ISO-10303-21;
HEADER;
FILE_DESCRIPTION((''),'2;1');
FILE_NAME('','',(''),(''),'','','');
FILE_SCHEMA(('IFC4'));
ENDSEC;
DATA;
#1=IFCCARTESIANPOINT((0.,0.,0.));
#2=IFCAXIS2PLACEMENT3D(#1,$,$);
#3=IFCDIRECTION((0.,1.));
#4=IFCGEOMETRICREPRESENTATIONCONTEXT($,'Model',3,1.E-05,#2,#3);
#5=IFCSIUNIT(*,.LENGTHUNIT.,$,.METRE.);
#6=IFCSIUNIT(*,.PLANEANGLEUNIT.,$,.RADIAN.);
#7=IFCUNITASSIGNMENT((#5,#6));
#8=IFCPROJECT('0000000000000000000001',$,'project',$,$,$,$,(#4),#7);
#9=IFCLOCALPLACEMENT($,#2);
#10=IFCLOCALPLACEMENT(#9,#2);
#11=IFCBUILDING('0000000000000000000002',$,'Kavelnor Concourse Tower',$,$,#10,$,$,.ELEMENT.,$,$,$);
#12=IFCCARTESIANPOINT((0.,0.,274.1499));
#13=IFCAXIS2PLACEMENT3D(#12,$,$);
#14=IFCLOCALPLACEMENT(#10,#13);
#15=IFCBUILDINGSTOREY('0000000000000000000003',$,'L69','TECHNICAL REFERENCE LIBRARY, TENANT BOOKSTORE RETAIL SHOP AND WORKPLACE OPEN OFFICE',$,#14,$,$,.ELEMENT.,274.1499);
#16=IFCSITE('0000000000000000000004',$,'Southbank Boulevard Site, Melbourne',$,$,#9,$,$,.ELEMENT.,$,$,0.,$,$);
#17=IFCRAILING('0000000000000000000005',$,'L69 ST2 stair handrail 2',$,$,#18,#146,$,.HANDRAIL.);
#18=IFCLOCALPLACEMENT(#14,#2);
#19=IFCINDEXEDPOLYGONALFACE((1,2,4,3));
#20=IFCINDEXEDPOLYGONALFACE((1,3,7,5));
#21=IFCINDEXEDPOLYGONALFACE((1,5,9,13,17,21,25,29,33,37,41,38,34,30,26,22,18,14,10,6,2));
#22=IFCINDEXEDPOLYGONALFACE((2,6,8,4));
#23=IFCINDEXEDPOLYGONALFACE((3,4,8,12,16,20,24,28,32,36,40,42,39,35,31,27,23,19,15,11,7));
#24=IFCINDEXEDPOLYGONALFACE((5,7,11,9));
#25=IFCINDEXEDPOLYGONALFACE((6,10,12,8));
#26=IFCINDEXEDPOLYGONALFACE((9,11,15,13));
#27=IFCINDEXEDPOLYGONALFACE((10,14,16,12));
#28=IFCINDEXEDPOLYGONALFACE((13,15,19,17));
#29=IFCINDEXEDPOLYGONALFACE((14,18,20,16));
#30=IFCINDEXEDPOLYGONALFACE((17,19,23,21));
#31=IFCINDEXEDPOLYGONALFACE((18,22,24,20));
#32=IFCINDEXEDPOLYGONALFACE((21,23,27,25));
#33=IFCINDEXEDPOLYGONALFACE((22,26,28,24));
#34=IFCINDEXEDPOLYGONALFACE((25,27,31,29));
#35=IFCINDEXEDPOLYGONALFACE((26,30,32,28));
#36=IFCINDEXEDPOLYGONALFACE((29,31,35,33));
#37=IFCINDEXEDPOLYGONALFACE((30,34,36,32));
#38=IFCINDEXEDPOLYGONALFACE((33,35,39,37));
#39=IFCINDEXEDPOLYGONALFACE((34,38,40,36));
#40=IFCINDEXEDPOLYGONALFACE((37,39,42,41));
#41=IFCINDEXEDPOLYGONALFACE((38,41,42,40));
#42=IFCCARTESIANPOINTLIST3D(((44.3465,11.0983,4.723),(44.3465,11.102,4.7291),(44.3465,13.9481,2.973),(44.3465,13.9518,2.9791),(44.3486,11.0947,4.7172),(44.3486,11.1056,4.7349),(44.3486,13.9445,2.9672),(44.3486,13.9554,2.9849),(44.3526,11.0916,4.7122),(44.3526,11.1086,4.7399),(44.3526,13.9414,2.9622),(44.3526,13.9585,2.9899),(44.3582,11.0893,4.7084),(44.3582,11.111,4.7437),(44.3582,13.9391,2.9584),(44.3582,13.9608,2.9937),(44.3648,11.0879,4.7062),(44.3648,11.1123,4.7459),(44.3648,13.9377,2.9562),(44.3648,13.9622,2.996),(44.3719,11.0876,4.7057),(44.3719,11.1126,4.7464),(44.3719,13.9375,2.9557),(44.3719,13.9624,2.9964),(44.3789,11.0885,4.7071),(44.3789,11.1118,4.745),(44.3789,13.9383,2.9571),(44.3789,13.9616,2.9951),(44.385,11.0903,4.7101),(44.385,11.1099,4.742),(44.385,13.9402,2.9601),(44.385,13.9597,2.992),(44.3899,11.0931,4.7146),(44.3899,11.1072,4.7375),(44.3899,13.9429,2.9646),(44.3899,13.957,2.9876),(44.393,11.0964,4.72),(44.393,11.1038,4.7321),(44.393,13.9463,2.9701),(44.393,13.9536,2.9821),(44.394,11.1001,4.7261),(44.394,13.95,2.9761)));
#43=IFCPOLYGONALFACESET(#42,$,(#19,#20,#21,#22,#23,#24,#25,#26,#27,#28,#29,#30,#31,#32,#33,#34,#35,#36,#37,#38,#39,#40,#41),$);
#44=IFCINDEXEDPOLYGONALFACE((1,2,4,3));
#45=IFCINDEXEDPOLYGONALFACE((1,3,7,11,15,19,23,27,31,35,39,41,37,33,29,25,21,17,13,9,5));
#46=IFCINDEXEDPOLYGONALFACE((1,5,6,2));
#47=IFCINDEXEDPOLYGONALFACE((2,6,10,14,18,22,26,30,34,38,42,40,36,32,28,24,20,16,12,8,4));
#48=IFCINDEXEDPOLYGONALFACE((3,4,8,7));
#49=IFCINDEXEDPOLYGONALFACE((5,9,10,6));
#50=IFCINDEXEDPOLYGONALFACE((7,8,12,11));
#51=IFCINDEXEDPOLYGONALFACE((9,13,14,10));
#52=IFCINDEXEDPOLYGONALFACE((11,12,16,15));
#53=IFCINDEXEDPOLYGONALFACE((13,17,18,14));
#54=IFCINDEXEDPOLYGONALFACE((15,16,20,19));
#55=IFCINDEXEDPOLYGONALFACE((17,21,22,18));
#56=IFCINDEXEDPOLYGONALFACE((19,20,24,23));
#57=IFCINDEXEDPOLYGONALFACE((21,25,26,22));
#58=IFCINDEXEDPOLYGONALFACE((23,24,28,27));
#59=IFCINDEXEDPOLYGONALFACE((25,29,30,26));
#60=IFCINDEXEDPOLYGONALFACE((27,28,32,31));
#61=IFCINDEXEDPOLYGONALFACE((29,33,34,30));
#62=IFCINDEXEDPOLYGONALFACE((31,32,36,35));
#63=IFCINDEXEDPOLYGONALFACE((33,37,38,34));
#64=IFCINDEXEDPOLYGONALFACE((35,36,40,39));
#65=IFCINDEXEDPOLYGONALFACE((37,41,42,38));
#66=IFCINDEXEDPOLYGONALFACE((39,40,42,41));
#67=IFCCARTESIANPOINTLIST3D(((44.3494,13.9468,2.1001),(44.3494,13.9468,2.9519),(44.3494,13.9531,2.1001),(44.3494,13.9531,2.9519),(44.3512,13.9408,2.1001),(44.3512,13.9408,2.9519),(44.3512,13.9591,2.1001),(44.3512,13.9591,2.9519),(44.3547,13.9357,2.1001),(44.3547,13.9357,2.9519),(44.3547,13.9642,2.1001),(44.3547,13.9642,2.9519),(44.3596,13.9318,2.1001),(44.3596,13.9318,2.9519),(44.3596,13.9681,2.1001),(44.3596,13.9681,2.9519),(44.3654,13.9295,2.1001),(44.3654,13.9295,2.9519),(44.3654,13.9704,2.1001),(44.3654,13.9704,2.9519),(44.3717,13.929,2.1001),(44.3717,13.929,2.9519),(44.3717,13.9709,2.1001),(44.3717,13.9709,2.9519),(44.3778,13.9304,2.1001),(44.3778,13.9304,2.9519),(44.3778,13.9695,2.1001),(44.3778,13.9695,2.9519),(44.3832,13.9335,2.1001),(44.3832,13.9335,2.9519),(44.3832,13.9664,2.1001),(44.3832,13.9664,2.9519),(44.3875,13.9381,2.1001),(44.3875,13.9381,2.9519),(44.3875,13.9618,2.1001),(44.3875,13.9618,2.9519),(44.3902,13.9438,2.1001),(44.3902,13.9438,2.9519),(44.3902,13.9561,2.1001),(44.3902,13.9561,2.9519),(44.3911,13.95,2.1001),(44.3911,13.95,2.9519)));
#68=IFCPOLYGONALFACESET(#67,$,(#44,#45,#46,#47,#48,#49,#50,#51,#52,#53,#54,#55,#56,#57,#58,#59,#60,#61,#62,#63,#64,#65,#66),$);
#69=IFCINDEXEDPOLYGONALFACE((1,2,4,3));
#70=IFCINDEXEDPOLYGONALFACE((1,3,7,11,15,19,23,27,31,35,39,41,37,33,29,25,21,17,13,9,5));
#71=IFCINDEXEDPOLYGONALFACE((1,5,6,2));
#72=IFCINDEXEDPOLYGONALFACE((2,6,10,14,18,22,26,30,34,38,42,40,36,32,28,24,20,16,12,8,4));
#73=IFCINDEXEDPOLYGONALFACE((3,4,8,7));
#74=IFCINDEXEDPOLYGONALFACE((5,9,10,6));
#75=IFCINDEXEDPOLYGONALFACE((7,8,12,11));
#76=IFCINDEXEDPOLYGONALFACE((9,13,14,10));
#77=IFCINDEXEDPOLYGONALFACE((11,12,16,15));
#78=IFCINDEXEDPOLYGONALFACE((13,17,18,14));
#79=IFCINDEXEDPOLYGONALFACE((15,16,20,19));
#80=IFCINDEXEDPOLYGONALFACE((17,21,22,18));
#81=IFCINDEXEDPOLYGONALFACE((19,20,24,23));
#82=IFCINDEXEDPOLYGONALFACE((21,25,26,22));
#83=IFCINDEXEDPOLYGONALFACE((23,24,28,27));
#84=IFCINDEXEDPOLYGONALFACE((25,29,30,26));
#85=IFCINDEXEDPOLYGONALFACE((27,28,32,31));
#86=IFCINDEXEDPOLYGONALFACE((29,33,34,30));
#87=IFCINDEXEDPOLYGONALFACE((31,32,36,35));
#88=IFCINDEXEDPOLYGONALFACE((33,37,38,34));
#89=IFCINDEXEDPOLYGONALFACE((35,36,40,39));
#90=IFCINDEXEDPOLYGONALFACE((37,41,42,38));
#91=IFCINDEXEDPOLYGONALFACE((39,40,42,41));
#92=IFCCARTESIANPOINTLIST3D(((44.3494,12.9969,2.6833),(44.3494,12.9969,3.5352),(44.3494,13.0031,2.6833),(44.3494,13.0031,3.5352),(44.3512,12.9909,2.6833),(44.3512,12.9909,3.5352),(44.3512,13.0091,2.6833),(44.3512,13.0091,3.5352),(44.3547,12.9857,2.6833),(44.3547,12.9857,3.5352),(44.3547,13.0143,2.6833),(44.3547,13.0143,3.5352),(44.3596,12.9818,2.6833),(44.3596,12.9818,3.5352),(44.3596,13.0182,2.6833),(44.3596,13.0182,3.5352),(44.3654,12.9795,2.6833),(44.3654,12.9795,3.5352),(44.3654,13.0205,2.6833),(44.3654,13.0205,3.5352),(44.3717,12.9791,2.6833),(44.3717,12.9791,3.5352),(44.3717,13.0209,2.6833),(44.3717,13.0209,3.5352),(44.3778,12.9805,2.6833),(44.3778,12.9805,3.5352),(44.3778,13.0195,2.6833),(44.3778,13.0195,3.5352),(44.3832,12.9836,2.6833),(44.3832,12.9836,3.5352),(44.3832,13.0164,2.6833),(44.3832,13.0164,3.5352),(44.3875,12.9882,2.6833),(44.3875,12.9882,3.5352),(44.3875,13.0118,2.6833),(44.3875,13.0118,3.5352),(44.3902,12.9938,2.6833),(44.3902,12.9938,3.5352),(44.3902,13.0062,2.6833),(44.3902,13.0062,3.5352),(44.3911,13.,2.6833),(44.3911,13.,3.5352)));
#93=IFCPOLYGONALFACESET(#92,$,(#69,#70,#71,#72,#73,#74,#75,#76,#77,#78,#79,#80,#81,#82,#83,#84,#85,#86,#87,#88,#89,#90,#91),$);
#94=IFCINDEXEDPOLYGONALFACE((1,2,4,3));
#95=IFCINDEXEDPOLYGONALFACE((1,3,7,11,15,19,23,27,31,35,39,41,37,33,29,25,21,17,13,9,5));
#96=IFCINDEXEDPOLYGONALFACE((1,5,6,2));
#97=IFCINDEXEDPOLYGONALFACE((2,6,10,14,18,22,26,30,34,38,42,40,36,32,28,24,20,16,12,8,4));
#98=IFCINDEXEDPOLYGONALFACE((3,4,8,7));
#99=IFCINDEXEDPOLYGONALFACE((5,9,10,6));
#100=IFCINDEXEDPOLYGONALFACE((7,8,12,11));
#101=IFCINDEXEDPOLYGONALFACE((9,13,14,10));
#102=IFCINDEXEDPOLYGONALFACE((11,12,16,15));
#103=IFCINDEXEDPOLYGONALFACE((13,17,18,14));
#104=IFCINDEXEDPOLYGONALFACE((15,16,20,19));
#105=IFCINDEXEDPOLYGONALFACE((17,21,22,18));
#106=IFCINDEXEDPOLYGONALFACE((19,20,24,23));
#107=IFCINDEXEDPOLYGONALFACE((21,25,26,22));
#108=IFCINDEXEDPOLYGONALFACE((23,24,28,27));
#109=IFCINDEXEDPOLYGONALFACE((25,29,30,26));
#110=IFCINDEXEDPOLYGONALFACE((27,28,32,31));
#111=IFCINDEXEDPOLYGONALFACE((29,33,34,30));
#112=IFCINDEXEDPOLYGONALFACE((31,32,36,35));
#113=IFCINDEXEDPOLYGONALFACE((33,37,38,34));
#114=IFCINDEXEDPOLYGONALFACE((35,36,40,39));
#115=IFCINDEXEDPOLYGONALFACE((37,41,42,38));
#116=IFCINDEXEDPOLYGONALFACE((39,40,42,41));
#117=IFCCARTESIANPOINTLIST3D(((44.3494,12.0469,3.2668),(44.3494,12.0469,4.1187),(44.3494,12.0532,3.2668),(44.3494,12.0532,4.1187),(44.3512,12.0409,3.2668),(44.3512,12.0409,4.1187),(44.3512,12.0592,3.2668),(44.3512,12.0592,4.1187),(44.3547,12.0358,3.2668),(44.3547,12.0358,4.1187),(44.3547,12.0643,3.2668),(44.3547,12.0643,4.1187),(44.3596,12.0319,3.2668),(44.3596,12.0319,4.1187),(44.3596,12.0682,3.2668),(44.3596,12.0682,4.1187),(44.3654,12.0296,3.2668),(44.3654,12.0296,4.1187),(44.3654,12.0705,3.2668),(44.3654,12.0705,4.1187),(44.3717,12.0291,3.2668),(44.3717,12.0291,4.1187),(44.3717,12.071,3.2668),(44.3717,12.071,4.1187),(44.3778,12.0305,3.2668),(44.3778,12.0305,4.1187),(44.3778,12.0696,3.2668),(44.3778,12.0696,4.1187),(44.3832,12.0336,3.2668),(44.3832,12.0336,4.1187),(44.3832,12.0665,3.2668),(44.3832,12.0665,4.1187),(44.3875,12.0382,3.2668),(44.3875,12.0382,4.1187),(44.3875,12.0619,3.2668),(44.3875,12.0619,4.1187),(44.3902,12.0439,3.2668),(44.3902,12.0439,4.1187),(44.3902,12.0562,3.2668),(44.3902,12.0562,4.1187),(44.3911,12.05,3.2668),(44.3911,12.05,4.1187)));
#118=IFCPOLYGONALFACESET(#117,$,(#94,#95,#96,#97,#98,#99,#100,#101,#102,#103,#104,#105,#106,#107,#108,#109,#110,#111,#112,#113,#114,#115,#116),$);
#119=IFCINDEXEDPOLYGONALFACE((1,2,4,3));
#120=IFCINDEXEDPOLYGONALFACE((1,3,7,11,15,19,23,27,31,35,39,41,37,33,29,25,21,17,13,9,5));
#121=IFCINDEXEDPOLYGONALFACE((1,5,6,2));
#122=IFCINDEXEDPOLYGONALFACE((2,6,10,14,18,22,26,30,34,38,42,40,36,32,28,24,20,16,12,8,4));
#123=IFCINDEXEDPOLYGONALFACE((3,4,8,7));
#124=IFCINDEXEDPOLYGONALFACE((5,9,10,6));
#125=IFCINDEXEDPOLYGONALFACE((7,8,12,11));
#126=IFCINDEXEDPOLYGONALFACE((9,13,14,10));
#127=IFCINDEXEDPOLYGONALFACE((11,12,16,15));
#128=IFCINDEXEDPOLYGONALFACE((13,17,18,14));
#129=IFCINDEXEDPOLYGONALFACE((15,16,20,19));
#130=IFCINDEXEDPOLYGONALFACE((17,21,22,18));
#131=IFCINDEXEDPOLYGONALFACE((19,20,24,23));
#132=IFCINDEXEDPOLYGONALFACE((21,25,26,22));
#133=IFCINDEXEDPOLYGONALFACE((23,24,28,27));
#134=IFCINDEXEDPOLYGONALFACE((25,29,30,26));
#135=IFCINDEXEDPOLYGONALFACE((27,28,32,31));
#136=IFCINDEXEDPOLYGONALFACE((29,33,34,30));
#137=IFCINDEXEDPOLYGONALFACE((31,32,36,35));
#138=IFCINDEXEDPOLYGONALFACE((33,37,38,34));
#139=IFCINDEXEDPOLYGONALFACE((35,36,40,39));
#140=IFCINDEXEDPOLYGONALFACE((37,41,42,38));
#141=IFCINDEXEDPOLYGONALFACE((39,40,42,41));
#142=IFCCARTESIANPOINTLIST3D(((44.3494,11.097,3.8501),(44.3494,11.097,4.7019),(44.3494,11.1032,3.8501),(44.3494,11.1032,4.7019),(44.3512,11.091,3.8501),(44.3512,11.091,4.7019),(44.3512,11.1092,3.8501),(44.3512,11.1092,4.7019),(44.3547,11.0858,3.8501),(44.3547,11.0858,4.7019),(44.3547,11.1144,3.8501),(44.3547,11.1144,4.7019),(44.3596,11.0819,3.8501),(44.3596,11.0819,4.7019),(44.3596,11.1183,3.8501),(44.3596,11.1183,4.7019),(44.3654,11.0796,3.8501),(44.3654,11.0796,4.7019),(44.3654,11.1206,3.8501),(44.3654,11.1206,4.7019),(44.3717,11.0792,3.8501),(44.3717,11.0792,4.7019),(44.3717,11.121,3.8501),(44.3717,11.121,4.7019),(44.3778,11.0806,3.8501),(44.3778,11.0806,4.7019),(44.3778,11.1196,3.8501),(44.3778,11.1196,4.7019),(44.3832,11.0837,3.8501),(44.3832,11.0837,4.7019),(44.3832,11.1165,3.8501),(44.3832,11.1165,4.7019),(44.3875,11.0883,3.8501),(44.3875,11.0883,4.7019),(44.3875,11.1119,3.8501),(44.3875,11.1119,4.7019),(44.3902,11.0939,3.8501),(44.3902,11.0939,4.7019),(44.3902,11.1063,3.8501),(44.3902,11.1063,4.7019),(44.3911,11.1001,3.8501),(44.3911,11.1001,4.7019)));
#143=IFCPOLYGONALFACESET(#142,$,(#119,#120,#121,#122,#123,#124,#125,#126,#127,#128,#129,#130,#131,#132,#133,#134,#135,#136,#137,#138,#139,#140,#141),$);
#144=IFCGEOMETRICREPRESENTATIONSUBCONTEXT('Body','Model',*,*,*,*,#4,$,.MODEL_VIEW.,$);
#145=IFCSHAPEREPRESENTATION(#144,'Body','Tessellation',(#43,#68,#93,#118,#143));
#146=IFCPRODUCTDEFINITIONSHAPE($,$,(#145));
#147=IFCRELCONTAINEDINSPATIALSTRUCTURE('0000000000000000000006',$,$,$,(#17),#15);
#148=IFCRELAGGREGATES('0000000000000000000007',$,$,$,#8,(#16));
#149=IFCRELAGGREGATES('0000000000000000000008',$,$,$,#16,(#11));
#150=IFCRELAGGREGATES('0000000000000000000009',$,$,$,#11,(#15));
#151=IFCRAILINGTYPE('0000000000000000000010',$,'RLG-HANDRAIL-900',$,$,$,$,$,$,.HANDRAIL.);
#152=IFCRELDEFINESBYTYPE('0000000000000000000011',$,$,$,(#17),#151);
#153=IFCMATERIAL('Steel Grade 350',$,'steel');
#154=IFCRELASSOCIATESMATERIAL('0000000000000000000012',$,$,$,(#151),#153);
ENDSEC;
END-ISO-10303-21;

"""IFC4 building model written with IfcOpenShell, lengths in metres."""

from ifc_helpers import new_model, si_unit, direction, frame, origin, origin_2d, place, context, subcontext, project, spatial, circle, extrude, material, type_object, element, save


model = new_model("IFC4")

# Units and contexts
model_context = context("Model", 3, precision=1e-05, world=origin(), true_north=direction((0.0, 1.0)))
body_context = subcontext(model_context, "Body", "Model", "MODEL_VIEW")
ifc_project = project(units=[si_unit("LENGTHUNIT", "METRE"), si_unit("PLANEANGLEUNIT", "RADIAN")], contexts=[model_context])

# Site, building, storey
site_placement = place(None, origin())
site = spatial("IfcSite", under=ifc_project, at=site_placement, Name="Southbank Boulevard Site, Melbourne", CompositionType="ELEMENT", RefElevation=0.0)
building_placement = place(site_placement, origin())
building = spatial("IfcBuilding", under=site, at=building_placement, Name="Kavelnor Concourse Tower", CompositionType="ELEMENT")
storey_placement = place(building_placement, frame((0.0, 0.0, 274.1499)))
storey = spatial("IfcBuildingStorey", under=building, at=storey_placement, Name="L69", Description="TECHNICAL REFERENCE LIBRARY, TENANT BOOKSTORE RETAIL SHOP AND WORKPLACE OPEN OFFICE", CompositionType="ELEMENT", Elevation=274.1499)

# Shared definitions
ifc_material_1 = material(Name="Steel Grade 350", Category="steel")

# Railing
railing_type_1 = type_object("IfcRailingType", Name="RLG-HANDRAIL-900", PredefinedType="HANDRAIL", material=ifc_material_1)
railing_1_placement = place(storey_placement, frame((44.3701, 13.95, 2.1001)))
element("IfcRailing", 1, at=railing_1_placement, inside=storey, type_object=railing_type_1, Name="L69 ST2 stair handrail 2", PredefinedType="HANDRAIL", context=body_context, shape_type="SweptSolid", body=[
    extrude(circle(Radius=0.0239, at=origin_2d()), frame((0.0, 0.0, 0.876), z_axis=(0.0, -0.852159, 0.523283), x_axis=(1.0, 0.0, 0.0)), (0.0, 0.0, 1.0), 3.3442),
    extrude(circle(Radius=0.021, at=origin_2d()), origin(), (0.0, 0.0, 1.0), 0.8518),
    extrude(circle(Radius=0.021, at=origin_2d()), frame((0.0, -0.95, 0.5833)), (0.0, 0.0, 1.0), 0.8518),
    extrude(circle(Radius=0.021, at=origin_2d()), frame((0.0, -1.8999, 1.1667)), (0.0, 0.0, 1.0), 0.8518),
    extrude(circle(Radius=0.021, at=origin_2d()), frame((0.0, -2.8499, 1.75)), (0.0, 0.0, 1.0), 0.8518),
])

save(model, "model.ifc")
